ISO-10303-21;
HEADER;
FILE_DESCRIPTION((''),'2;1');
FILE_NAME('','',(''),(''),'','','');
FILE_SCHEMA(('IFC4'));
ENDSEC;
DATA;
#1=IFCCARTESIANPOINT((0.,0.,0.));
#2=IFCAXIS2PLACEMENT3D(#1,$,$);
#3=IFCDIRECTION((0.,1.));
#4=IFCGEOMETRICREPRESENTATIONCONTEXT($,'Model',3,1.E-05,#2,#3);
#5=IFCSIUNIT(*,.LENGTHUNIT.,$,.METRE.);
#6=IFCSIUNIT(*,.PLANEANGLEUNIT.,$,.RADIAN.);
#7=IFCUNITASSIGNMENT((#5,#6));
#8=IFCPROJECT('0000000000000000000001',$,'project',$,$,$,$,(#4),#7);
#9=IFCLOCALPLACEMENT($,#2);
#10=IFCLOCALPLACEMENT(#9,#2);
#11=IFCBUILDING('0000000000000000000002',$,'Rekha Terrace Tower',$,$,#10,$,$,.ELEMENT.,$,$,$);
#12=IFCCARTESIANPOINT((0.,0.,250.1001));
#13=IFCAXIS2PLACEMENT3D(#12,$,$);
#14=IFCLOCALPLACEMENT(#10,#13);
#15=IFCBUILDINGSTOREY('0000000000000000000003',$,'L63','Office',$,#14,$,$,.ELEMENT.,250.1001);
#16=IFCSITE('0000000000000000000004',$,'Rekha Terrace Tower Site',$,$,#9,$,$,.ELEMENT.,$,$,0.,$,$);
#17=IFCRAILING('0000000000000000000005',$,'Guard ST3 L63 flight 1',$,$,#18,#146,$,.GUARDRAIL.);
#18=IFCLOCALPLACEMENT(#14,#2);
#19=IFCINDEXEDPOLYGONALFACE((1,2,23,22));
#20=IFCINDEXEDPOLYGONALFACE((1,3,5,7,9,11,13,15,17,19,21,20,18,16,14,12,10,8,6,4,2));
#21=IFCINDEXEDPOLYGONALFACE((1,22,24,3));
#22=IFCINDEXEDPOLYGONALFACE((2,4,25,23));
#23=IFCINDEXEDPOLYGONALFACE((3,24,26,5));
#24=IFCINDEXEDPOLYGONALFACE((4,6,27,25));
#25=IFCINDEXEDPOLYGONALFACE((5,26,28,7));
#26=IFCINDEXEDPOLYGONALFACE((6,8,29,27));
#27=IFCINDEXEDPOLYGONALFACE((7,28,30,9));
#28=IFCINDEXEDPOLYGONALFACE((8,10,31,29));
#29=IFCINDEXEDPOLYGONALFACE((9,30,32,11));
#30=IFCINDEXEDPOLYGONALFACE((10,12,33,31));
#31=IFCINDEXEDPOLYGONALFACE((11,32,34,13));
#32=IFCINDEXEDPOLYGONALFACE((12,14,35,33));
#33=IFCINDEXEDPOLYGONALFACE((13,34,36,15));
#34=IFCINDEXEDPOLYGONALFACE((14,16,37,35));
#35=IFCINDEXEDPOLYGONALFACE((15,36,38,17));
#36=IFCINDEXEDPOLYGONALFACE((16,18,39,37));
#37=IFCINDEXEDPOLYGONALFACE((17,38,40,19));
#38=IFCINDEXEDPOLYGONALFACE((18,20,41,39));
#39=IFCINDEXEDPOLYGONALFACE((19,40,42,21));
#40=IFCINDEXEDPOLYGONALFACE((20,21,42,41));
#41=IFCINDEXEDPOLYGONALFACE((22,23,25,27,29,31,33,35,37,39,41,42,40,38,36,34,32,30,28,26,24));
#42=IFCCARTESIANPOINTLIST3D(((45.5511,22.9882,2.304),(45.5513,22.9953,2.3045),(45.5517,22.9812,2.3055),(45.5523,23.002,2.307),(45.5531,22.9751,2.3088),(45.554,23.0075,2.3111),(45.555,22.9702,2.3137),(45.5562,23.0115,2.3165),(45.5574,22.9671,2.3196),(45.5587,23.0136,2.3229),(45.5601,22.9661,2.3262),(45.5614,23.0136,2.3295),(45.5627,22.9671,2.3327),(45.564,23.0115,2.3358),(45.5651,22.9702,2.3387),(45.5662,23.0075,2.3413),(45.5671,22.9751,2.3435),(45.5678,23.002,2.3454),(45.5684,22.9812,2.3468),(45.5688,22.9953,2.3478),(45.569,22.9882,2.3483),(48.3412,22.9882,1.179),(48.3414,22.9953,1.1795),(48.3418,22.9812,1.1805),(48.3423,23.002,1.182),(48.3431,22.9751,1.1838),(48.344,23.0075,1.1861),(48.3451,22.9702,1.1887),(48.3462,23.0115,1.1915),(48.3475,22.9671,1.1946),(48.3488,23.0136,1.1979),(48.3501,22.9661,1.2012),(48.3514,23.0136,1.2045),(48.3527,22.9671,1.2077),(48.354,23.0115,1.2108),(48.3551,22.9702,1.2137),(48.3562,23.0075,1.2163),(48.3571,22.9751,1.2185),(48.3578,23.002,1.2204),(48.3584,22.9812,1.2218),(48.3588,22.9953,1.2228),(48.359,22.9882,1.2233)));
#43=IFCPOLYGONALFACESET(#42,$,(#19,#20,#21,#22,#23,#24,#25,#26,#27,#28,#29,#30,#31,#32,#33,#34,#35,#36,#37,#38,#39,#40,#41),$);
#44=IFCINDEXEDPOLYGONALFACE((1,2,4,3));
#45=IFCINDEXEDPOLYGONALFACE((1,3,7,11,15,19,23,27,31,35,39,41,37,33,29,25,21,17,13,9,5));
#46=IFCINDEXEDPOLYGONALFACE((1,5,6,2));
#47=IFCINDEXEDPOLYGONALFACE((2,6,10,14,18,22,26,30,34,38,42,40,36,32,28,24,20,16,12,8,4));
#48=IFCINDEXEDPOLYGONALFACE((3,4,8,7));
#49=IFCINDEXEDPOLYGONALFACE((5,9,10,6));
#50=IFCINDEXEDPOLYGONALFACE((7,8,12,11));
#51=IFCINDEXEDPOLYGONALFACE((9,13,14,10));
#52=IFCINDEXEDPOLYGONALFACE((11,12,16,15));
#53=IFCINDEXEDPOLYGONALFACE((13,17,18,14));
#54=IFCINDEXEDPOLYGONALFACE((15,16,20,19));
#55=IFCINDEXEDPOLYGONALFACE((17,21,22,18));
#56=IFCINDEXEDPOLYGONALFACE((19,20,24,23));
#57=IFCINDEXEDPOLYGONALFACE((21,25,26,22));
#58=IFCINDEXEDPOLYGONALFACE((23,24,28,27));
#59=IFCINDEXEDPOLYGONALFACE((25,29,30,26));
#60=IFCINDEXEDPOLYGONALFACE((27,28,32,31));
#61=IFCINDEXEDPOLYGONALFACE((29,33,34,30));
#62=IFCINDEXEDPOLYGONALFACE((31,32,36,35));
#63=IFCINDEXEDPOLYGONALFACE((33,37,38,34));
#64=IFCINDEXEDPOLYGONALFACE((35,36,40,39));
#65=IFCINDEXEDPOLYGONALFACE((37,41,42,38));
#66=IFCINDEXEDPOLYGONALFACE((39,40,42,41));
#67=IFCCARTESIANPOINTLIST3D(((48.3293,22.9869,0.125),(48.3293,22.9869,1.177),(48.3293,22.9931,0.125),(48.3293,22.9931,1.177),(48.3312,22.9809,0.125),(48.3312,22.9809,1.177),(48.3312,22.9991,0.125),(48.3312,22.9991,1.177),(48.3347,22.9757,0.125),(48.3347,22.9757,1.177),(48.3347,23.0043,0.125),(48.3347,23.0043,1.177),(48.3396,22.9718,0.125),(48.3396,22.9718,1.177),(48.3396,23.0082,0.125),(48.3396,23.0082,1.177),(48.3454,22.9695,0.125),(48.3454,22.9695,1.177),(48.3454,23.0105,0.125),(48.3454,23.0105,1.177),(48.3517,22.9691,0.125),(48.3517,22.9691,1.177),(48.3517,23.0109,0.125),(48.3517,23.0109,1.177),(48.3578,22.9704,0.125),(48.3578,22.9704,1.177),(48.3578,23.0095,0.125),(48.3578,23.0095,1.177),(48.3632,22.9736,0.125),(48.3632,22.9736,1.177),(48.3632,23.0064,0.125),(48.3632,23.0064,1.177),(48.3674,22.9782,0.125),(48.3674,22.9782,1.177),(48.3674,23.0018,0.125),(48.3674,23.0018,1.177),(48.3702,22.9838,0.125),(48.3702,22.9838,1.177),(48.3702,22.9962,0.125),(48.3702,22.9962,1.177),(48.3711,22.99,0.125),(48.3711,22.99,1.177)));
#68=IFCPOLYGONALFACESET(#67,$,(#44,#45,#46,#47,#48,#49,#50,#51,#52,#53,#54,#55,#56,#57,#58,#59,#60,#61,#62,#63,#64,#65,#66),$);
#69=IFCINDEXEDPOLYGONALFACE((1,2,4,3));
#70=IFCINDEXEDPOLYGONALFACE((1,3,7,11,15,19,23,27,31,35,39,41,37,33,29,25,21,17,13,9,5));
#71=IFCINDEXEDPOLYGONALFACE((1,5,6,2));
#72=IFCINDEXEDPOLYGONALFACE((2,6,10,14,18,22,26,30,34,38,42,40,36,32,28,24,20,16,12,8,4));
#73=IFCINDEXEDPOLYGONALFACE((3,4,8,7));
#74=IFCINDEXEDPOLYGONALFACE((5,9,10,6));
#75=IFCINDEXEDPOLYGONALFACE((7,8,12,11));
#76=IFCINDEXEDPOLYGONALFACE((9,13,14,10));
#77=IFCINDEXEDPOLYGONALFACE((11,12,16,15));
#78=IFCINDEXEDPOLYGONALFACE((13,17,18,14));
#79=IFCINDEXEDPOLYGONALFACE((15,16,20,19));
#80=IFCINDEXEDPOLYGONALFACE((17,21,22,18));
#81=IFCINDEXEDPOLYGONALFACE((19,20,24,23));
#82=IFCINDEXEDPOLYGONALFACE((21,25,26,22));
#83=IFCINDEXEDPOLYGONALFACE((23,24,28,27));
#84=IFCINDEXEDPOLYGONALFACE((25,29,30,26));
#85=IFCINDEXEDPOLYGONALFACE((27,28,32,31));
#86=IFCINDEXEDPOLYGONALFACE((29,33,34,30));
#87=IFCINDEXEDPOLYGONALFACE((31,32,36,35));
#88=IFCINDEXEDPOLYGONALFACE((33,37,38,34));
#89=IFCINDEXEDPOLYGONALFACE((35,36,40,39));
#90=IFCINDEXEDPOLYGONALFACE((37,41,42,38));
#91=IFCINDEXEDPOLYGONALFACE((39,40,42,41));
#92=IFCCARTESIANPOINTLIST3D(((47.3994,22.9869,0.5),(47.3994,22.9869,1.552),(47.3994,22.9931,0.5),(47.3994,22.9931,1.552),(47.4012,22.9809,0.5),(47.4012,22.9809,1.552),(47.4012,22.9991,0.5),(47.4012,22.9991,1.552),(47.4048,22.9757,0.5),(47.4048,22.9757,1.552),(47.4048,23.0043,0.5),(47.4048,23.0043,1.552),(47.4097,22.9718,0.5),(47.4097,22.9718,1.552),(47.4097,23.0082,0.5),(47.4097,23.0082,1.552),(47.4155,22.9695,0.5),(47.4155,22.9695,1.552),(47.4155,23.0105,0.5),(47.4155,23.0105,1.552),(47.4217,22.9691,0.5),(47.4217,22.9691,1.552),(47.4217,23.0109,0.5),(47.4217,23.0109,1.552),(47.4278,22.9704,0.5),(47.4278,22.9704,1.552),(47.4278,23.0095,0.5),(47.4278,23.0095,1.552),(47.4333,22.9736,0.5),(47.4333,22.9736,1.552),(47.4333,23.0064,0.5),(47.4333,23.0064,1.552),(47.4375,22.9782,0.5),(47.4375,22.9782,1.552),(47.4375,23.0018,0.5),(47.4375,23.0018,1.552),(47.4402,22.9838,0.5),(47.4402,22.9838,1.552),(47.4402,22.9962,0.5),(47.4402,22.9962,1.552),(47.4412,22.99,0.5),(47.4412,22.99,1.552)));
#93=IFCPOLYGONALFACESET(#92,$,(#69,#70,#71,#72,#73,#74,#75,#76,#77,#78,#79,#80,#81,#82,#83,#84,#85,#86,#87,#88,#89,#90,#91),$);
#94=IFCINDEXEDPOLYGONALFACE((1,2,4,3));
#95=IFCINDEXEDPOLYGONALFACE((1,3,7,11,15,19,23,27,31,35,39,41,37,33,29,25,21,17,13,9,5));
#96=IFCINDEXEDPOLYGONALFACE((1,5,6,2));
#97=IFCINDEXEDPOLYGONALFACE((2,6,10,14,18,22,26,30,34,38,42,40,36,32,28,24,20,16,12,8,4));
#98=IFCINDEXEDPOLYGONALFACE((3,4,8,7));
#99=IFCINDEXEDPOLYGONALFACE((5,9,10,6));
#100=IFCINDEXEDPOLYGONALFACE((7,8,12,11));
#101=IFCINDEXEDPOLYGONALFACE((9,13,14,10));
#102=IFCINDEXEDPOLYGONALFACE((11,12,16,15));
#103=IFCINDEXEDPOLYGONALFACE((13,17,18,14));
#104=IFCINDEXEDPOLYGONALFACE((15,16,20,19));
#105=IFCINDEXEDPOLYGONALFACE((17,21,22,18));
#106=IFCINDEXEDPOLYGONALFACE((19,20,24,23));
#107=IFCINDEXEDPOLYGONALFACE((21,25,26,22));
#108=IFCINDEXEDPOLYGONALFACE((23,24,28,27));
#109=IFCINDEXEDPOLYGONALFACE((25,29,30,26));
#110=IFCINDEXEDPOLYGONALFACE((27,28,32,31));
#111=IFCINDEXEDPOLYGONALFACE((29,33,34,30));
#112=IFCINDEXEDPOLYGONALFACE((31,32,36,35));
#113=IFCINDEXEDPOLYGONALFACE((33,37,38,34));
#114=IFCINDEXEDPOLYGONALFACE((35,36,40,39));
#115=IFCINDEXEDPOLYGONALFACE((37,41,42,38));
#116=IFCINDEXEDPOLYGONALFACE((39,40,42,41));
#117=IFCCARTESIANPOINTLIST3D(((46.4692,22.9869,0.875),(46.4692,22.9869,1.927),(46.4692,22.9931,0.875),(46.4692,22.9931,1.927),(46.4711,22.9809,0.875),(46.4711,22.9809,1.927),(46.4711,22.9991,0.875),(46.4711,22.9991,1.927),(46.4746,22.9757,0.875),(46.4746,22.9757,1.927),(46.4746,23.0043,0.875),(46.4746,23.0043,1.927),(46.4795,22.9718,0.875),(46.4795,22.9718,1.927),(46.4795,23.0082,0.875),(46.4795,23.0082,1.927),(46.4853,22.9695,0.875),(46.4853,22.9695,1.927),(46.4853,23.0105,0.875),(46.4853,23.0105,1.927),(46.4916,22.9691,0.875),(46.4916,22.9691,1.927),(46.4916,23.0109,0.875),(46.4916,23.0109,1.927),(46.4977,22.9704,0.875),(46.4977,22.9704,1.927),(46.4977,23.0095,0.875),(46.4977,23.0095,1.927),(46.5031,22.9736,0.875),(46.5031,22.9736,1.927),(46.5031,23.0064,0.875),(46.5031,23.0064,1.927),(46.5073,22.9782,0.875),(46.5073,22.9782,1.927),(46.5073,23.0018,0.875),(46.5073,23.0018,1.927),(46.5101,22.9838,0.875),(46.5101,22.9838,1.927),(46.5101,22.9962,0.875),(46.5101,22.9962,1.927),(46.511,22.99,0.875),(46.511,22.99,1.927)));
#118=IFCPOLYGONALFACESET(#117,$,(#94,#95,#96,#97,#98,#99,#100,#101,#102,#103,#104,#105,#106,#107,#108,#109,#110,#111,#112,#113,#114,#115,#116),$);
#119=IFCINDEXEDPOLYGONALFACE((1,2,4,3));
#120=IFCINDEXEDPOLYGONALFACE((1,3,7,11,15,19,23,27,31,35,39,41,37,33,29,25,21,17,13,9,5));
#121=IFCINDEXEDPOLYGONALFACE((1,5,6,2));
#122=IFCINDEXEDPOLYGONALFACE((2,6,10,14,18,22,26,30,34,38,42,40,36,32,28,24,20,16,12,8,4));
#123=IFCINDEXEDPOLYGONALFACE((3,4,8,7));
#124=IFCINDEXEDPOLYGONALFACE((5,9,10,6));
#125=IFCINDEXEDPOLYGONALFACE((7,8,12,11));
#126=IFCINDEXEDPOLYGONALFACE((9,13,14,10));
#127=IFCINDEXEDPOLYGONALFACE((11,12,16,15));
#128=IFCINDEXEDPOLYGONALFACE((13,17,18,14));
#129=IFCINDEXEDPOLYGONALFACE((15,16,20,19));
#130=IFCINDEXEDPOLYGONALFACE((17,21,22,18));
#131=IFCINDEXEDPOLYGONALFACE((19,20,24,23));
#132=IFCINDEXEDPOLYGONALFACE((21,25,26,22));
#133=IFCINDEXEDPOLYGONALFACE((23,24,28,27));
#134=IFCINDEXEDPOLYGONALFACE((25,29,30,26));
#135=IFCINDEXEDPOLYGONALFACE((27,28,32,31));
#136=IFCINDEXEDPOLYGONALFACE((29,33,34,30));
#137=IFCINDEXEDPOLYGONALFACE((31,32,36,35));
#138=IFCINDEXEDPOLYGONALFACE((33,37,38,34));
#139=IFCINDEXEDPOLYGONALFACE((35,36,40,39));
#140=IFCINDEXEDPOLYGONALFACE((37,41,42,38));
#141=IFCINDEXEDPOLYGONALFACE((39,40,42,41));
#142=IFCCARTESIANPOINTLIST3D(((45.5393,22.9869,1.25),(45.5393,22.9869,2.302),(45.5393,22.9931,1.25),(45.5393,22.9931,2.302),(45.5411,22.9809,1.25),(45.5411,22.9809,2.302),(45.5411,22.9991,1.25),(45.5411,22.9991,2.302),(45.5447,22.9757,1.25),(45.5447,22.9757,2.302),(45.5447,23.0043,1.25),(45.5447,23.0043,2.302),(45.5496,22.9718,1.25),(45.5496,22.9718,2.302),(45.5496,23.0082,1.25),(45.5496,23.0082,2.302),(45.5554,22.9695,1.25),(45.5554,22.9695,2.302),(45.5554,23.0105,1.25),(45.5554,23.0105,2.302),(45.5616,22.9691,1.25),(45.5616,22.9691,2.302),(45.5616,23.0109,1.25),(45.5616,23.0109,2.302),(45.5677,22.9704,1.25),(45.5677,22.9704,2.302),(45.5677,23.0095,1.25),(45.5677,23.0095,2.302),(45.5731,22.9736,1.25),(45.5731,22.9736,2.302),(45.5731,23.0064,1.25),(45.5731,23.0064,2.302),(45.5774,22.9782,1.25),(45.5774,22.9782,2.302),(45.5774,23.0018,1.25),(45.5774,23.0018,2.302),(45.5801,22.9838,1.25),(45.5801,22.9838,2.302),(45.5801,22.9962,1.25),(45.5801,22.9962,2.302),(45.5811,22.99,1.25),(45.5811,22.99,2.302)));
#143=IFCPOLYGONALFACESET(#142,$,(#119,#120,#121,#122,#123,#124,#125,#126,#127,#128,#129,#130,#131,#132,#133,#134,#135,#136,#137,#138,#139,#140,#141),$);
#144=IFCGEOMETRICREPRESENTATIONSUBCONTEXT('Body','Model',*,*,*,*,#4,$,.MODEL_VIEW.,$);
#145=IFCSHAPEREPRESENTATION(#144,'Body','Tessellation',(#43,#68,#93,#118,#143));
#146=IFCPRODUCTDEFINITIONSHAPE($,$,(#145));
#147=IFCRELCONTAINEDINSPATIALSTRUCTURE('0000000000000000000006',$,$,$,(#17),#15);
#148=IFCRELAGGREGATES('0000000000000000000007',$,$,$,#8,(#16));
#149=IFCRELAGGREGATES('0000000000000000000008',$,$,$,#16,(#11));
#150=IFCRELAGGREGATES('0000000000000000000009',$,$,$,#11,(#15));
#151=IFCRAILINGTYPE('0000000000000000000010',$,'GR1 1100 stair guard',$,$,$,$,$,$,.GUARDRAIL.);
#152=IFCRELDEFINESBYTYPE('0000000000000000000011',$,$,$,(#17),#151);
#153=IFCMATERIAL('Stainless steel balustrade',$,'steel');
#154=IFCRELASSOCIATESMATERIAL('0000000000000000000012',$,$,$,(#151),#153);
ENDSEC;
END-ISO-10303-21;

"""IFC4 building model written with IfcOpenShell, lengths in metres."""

from ifc_helpers import new_model, si_unit, direction, frame, origin, origin_2d, place, context, subcontext, project, spatial, circle, extrude, material, type_object, element, save


model = new_model("IFC4")

# Units and contexts
model_context = context("Model", 3, precision=1e-05, world=origin(), true_north=direction((0.0, 1.0)))
body_context = subcontext(model_context, "Body", "Model", "MODEL_VIEW")
ifc_project = project(units=[si_unit("LENGTHUNIT", "METRE"), si_unit("PLANEANGLEUNIT", "RADIAN")], contexts=[model_context])

# Site, building, storey
site_placement = place(None, origin())
site = spatial("IfcSite", under=ifc_project, at=site_placement, Name="Rekha Terrace Tower Site", CompositionType="ELEMENT", RefElevation=0.0)
building_placement = place(site_placement, origin())
building = spatial("IfcBuilding", under=site, at=building_placement, Name="Rekha Terrace Tower", CompositionType="ELEMENT")
storey_placement = place(building_placement, frame((0.0, 0.0, 250.1001)))
storey = spatial("IfcBuildingStorey", under=building, at=storey_placement, Name="L63", Description="Office", CompositionType="ELEMENT", Elevation=250.1001)

# Railing
ifc_material_1 = material(Name="Stainless steel balustrade", Category="steel")
railing_type_1 = type_object("IfcRailingType", Name="GR1 1100 stair guard", PredefinedType="GUARDRAIL", material=ifc_material_1)
railing_1_placement = place(storey_placement, frame((48.3501, 22.99, 0.125)))
element("IfcRailing", 1, at=railing_1_placement, inside=storey, type_object=railing_type_1, Name="Guard ST3 L63 flight 1", PredefinedType="GUARDRAIL", context=body_context, shape_type="SweptSolid", body=[
    extrude(circle(Radius=0.0239, at=origin_2d()), frame((0.0, 0.0, 1.0762), z_axis=(-0.927443, 0.0, 0.373964), x_axis=(0.0, -1.0, 0.0)), (0.0, 0.0, 1.0), 3.0083),
    extrude(circle(Radius=0.021, at=origin_2d()), origin(), (0.0, 0.0, 1.0), 1.052),
    extrude(circle(Radius=0.021, at=origin_2d()), frame((-0.9299, 0.0, 0.375)), (0.0, 0.0, 1.0), 1.052),
    extrude(circle(Radius=0.021, at=origin_2d()), frame((-1.8601, 0.0, 0.75)), (0.0, 0.0, 1.0), 1.052),
    extrude(circle(Radius=0.021, at=origin_2d()), frame((-2.79, 0.0, 1.125)), (0.0, 0.0, 1.0), 1.052),
])

save(model, "model.ifc")
